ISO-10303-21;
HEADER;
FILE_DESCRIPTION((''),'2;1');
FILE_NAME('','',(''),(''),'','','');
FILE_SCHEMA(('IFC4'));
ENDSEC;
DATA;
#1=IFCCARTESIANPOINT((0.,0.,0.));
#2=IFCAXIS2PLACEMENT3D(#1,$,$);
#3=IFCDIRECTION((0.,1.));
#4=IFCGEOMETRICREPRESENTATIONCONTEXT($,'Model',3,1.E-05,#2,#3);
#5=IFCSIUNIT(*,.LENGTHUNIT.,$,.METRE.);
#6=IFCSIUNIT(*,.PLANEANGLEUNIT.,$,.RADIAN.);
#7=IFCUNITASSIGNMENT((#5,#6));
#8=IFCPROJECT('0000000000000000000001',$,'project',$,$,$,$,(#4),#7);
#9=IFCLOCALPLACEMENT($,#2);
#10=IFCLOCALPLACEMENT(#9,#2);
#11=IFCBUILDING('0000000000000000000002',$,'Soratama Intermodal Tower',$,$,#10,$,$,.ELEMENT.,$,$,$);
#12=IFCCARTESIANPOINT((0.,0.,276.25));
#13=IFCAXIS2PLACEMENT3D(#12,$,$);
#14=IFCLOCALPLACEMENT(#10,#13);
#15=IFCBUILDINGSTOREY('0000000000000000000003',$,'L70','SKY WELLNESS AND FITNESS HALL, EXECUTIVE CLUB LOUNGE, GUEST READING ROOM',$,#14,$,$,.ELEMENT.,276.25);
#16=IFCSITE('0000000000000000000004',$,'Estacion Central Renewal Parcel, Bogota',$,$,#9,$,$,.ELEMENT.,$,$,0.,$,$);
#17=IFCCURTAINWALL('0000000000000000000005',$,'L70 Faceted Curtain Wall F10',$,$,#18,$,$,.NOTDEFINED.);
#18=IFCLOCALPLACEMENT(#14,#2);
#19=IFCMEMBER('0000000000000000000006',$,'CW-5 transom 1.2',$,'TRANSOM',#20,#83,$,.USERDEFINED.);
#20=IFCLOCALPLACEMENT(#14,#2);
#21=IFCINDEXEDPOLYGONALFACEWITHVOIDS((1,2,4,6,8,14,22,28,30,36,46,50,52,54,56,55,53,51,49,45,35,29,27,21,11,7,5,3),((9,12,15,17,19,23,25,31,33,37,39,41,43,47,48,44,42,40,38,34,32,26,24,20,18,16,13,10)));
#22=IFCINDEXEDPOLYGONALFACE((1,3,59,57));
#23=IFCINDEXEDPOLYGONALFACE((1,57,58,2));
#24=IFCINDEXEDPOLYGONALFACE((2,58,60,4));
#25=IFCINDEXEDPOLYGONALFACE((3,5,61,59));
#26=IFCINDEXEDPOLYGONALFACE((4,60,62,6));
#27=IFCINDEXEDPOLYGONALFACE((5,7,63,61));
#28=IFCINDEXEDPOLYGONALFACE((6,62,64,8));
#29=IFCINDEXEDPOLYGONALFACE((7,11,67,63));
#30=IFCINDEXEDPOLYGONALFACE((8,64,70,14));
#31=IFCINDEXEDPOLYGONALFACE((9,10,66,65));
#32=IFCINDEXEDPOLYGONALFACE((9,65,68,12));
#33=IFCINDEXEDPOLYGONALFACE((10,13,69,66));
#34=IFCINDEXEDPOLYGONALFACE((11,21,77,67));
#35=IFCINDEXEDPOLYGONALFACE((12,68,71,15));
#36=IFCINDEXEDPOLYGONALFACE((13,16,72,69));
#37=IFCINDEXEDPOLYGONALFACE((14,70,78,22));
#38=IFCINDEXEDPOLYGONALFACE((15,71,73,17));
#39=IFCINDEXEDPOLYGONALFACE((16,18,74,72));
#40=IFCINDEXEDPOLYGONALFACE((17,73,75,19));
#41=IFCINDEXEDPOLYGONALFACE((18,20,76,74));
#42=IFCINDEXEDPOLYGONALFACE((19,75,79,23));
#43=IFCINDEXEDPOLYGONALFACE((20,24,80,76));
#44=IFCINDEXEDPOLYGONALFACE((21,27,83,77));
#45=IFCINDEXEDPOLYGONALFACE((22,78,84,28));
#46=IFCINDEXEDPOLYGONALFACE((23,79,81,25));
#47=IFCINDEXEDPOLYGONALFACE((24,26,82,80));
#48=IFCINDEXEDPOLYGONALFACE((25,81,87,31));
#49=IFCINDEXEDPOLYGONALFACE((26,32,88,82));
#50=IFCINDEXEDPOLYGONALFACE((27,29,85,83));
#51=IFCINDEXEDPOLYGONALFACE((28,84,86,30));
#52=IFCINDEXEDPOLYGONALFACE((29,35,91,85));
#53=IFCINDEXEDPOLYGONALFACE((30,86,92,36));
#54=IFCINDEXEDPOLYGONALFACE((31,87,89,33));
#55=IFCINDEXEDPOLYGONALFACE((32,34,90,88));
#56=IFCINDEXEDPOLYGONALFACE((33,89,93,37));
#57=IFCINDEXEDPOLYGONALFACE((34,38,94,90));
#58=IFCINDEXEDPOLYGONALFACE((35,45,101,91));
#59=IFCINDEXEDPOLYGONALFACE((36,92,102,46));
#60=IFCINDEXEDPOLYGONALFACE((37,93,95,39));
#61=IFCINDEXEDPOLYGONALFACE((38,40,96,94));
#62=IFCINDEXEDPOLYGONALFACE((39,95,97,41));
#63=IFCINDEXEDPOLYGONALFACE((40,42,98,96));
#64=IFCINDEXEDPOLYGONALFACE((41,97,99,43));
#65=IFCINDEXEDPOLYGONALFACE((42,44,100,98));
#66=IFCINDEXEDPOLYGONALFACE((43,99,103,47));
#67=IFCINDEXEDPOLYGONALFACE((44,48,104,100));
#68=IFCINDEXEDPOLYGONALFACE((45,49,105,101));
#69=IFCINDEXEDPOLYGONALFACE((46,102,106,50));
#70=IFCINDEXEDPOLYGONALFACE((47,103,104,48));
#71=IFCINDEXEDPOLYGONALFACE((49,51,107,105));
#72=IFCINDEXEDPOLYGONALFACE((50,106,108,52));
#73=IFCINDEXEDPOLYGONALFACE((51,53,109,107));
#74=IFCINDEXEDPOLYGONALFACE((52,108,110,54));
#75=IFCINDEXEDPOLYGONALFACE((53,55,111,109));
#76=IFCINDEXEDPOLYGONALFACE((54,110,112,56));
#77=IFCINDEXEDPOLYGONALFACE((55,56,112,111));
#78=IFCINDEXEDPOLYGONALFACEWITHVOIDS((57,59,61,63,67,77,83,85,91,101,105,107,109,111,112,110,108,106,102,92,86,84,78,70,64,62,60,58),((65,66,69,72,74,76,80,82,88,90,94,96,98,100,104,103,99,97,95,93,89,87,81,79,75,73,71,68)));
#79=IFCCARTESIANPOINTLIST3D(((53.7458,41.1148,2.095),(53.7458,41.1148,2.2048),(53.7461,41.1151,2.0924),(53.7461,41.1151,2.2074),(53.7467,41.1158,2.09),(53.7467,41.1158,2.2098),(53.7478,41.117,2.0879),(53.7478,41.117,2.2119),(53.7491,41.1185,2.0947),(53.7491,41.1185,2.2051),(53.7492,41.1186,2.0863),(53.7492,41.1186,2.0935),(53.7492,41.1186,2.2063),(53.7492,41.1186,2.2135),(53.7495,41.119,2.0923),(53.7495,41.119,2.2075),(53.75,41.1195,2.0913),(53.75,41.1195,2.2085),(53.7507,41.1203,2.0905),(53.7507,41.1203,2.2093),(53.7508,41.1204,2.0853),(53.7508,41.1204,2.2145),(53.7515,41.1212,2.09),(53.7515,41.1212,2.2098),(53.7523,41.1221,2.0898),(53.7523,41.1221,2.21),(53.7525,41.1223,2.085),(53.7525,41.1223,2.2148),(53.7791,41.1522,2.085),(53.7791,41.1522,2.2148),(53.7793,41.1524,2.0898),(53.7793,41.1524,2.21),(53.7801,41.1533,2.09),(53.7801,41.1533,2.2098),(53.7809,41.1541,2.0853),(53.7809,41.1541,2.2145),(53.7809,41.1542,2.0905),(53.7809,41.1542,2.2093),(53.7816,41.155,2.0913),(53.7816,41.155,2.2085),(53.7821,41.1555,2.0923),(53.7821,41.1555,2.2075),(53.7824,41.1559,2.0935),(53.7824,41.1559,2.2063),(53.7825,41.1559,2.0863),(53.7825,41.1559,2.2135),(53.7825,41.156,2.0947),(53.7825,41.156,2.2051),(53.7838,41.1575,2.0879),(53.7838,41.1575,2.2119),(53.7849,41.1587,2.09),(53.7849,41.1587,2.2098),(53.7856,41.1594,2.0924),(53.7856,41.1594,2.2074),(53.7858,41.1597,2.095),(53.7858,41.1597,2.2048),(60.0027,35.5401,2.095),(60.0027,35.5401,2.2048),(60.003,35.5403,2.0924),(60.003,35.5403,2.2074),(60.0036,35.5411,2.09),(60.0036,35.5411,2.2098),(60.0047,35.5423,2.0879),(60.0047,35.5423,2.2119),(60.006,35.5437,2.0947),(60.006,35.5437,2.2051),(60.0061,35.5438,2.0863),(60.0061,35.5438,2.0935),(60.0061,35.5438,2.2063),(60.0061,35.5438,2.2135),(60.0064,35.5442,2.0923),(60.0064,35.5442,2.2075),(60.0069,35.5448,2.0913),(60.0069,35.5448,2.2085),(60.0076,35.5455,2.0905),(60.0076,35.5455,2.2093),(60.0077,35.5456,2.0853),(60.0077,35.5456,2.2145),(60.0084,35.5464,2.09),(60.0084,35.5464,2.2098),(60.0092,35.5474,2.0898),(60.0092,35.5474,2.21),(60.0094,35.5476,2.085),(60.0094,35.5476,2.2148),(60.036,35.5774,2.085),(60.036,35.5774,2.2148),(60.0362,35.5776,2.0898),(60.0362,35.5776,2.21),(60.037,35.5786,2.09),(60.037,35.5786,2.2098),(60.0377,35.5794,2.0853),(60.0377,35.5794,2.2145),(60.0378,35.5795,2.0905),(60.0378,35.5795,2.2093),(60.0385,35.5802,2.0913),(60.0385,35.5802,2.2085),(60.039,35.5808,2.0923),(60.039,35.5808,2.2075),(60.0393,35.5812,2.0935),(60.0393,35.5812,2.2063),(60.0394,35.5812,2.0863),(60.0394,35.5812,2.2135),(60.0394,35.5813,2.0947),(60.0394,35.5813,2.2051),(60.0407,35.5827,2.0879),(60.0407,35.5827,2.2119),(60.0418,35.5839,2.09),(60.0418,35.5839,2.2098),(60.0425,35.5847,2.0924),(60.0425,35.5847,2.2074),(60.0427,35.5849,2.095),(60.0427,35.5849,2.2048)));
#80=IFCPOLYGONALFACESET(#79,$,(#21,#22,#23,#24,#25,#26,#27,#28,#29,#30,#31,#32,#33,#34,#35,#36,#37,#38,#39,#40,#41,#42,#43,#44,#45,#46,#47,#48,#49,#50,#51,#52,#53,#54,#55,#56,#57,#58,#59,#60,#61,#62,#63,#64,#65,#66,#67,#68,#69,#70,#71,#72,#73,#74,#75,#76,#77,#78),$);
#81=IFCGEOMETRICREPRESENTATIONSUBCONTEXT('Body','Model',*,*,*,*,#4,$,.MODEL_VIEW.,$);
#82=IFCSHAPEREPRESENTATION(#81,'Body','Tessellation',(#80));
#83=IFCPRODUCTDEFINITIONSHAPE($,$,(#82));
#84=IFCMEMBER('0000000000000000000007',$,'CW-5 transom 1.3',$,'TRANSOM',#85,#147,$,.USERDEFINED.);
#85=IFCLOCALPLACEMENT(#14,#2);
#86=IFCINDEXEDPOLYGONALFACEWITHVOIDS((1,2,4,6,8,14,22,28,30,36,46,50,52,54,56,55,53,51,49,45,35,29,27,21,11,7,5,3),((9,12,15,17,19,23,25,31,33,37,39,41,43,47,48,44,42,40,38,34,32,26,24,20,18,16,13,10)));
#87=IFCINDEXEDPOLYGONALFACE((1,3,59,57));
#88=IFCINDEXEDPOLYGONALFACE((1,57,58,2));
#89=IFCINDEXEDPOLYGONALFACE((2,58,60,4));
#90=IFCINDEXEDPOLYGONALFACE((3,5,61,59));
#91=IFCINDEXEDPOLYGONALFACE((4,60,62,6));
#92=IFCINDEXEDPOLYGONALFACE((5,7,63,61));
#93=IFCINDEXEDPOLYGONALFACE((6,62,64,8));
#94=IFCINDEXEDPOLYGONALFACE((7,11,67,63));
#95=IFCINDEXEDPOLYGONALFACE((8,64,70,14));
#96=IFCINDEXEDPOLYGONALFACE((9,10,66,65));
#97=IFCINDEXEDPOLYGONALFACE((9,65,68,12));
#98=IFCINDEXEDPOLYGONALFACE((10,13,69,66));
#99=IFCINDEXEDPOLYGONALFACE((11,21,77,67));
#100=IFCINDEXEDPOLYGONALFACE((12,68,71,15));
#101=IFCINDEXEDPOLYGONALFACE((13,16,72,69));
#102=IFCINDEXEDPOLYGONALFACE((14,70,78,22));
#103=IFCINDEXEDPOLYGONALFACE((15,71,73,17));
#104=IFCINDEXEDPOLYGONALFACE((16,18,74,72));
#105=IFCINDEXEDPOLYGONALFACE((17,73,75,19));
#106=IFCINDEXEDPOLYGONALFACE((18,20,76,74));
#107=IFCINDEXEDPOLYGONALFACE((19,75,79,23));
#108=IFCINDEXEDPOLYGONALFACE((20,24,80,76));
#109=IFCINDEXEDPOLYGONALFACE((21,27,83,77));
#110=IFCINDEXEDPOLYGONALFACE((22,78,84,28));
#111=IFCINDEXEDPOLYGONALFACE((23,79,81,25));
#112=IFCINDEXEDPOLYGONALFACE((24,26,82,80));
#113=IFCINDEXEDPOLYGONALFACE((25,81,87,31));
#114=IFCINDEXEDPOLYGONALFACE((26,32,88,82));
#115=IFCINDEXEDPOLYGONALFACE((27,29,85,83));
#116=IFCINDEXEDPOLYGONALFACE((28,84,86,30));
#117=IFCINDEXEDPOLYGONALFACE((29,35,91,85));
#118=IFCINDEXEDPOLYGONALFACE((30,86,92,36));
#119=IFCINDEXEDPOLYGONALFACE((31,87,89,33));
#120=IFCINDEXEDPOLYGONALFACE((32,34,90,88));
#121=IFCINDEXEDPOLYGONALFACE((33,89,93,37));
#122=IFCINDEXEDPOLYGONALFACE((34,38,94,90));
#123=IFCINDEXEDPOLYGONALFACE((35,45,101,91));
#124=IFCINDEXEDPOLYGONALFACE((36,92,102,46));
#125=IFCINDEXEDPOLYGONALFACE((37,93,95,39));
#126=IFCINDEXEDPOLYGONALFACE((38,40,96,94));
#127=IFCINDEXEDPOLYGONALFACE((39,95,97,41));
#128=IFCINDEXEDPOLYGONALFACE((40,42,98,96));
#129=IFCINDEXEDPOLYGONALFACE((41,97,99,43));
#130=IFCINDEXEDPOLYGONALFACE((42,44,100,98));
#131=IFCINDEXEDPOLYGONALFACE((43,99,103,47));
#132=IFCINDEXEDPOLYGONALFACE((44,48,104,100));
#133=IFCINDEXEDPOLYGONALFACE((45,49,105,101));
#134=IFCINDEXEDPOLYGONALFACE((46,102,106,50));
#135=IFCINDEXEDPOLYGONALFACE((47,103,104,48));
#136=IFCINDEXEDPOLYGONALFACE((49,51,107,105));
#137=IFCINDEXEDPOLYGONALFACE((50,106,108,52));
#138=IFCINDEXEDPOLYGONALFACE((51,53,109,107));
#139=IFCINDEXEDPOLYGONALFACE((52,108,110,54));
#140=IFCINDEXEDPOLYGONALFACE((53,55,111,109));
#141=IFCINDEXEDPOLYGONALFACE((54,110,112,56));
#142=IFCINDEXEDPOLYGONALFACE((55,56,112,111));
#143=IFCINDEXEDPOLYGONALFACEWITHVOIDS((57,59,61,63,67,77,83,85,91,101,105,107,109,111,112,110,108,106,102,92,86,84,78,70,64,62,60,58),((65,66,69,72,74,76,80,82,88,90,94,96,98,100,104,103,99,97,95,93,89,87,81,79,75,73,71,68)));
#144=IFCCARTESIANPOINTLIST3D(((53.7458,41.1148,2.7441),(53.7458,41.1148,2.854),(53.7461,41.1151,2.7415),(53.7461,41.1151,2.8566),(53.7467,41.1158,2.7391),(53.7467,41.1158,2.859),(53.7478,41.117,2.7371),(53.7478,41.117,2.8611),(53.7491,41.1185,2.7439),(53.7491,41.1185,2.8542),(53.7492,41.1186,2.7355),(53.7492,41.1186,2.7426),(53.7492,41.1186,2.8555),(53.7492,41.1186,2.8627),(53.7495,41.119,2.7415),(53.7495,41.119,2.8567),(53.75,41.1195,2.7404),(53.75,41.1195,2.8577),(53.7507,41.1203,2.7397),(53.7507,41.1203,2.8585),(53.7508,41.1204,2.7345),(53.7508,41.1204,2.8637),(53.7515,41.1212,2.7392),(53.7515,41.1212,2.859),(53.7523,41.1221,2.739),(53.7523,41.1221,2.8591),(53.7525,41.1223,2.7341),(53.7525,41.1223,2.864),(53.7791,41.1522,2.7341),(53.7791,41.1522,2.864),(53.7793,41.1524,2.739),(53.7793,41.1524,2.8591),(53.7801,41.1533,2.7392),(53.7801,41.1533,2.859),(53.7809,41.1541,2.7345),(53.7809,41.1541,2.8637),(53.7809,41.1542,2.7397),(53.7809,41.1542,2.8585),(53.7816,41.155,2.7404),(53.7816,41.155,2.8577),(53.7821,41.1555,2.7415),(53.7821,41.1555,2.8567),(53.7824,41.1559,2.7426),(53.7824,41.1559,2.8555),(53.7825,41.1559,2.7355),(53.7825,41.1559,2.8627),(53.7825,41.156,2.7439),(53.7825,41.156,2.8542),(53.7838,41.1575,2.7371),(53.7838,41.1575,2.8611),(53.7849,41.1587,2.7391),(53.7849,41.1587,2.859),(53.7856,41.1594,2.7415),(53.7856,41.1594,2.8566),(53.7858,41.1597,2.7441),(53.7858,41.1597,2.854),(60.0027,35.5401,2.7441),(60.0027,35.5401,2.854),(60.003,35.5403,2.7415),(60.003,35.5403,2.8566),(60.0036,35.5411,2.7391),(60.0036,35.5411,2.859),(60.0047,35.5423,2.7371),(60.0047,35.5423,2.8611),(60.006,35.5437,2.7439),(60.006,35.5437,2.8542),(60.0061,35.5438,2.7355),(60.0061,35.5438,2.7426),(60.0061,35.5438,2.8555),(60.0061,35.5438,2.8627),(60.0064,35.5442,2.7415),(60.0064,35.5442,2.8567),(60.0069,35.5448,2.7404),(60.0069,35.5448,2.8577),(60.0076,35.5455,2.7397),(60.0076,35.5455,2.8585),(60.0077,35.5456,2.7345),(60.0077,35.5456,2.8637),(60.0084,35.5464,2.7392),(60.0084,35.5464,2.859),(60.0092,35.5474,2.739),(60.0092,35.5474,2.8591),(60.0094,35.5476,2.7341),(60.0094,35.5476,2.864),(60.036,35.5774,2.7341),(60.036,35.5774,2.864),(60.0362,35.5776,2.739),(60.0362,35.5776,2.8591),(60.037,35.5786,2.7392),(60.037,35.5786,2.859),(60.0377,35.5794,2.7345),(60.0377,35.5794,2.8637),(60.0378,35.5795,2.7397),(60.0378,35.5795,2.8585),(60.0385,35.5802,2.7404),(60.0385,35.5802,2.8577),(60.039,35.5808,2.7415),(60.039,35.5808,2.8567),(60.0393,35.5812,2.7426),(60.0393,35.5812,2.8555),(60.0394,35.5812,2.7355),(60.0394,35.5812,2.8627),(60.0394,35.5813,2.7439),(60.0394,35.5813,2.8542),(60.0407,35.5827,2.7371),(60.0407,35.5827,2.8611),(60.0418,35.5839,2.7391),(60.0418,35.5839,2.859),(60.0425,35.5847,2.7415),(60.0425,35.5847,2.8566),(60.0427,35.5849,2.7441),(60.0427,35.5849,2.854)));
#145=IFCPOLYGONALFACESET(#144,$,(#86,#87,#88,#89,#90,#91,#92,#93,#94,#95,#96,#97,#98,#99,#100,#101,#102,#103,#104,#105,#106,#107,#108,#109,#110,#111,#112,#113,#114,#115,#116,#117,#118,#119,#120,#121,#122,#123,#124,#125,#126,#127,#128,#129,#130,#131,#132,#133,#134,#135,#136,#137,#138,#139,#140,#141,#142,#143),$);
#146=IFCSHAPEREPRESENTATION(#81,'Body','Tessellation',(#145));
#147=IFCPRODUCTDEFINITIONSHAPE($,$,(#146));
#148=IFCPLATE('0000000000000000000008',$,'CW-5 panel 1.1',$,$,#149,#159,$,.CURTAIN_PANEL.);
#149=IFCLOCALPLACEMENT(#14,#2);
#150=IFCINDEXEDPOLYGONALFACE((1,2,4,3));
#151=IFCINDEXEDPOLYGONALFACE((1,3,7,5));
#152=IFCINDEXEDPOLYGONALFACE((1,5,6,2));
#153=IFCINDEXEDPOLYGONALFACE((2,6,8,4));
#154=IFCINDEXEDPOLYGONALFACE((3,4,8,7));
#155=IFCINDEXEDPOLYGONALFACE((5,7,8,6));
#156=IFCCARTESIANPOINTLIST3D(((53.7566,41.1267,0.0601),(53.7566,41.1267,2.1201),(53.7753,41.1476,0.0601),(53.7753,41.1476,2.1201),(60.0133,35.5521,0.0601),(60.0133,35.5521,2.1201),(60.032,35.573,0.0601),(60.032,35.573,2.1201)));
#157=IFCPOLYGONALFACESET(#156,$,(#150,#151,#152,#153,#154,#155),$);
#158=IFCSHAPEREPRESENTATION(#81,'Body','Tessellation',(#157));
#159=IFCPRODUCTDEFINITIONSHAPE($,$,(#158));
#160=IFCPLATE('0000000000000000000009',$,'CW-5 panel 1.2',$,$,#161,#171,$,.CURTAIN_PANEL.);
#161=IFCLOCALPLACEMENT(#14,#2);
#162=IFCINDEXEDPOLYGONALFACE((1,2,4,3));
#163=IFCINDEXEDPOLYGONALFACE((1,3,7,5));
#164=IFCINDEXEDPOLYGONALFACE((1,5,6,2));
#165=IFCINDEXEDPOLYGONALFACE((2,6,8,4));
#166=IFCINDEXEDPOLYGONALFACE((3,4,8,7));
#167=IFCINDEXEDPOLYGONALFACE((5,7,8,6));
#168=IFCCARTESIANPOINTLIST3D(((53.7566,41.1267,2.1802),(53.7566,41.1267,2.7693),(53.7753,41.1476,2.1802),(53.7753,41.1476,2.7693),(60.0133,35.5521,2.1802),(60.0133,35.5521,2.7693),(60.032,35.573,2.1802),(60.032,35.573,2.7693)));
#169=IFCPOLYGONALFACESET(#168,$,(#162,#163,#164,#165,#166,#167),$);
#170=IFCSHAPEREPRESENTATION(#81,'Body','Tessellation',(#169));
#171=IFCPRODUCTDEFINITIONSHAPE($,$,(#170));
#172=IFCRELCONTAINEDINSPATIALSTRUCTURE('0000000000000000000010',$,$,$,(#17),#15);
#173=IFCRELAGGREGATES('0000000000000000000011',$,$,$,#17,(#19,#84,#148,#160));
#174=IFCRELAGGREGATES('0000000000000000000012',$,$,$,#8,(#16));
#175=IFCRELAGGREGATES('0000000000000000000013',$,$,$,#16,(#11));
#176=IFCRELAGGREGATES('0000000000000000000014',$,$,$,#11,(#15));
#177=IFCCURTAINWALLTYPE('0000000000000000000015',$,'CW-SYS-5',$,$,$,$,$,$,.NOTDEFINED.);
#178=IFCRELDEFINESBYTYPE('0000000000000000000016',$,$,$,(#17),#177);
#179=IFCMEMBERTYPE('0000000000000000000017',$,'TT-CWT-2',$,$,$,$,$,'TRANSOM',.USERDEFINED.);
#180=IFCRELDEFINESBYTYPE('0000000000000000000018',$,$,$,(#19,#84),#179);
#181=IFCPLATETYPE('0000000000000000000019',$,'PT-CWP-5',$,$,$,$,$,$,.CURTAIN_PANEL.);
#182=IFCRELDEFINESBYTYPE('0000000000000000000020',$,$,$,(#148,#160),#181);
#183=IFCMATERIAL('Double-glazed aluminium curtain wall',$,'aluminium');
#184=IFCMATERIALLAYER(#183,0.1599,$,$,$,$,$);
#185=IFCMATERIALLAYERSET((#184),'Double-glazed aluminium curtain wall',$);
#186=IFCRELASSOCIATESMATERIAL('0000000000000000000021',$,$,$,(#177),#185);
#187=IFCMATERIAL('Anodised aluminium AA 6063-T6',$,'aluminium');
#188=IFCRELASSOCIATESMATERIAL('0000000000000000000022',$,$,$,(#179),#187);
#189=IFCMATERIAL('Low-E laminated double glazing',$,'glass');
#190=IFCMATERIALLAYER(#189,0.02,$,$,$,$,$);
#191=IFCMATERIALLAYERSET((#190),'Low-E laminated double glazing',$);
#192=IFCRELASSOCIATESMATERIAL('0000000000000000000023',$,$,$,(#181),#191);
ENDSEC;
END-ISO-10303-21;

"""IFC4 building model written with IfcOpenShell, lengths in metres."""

from ifc_helpers import new_model, si_unit, direction, frame, origin, origin_2d, place, context, subcontext, project, spatial, rectangle, hollow_rectangle, extrude, material, layer, layer_set, material_profile, profile_set, type_object, element, aggregate, save


model = new_model("IFC4")

# Units and contexts
model_context = context("Model", 3, precision=1e-05, world=origin(), true_north=direction((0.0, 1.0)))
body_context = subcontext(model_context, "Body", "Model", "MODEL_VIEW")
ifc_project = project(units=[si_unit("LENGTHUNIT", "METRE"), si_unit("PLANEANGLEUNIT", "RADIAN")], contexts=[model_context])

# Site, building, storey
site_placement = place(None, origin())
site = spatial("IfcSite", under=ifc_project, at=site_placement, Name="Estacion Central Renewal Parcel, Bogota", CompositionType="ELEMENT", RefElevation=0.0)
building_placement = place(site_placement, origin())
building = spatial("IfcBuilding", under=site, at=building_placement, Name="Soratama Intermodal Tower", CompositionType="ELEMENT")
storey_placement = place(building_placement, frame((0.0, 0.0, 276.25)))
storey = spatial("IfcBuildingStorey", under=building, at=storey_placement, Name="L70", Description="SKY WELLNESS AND FITNESS HALL, EXECUTIVE CLUB LOUNGE, GUEST READING ROOM", CompositionType="ELEMENT", Elevation=276.25)

# Curtain wall, members, plates
ifc_material_1 = material(Name="Double-glazed aluminium curtain wall", Category="aluminium")
ifc_layer_1 = layer(ifc_material_1, 0.1599)
ifc_layer_set_1 = layer_set([ifc_layer_1], Name="Double-glazed aluminium curtain wall")
curtain_wall_type = type_object("IfcCurtainWallType", Name="CW-SYS-5", PredefinedType="NOTDEFINED", material=ifc_layer_set_1)
curtain_wall_placement = place(storey_placement, origin())
curtain_wall = element("IfcCurtainWall", 1, at=curtain_wall_placement, inside=storey, type_object=curtain_wall_type, Name="L70 Faceted Curtain Wall F10", PredefinedType="NOTDEFINED")
ifc_material_2 = material(Name="Anodised aluminium AA 6063-T6", Category="aluminium")
ifc_material_profile_1 = material_profile(ifc_material_2, hollow_rectangle(XDim=0.0601, YDim=0.1299, WallThickness=0.0049, InnerFilletRadius=0.0049, OuterFilletRadius=0.01, at=origin_2d()), Name="CWT130X60X5")
ifc_profile_set_1 = profile_set([ifc_material_profile_1], Name="Anodised aluminium AA 6063-T6")
member_type_1 = type_object("IfcMemberType", Name="TT-CWT-2", ElementType="TRANSOM", PredefinedType="USERDEFINED", material=ifc_profile_set_1)
member_1_placement = place(storey_placement, frame((60.0227, 35.5625, 2.1499), z_axis=(-0.746634, 0.665235, 0.0), x_axis=(-0.665235, -0.746634, 0.0)))
member_1 = element("IfcMember", 2, at=member_1_placement, type_object=member_type_1, Name="CW-5 transom 1.2", ObjectType="TRANSOM", PredefinedType="USERDEFINED", context=body_context, shape_type="SweptSolid", body=[
    extrude(hollow_rectangle(XDim=0.0601, YDim=0.1299, WallThickness=0.0049, InnerFilletRadius=0.0049, OuterFilletRadius=0.01, at=origin_2d()), origin(), (0.0, 0.0, 1.0), 8.3801),
])
member_2_placement = place(storey_placement, frame((60.0227, 35.5625, 2.7991), z_axis=(-0.746634, 0.665235, 0.0), x_axis=(-0.665235, -0.746634, 0.0)))
member_2 = element("IfcMember", 3, at=member_2_placement, type_object=member_type_1, Name="CW-5 transom 1.3", ObjectType="TRANSOM", PredefinedType="USERDEFINED", context=body_context, shape_type="SweptSolid", body=[
    extrude(hollow_rectangle(XDim=0.0601, YDim=0.1299, WallThickness=0.0049, InnerFilletRadius=0.0049, OuterFilletRadius=0.01, at=origin_2d()), origin(), (0.0, 0.0, 1.0), 8.3801),
])
ifc_material_3 = material(Name="Low-E laminated double glazing", Category="glass")
ifc_layer_2 = layer(ifc_material_3, 0.02)
ifc_layer_set_2 = layer_set([ifc_layer_2], Name="Low-E laminated double glazing")
plate_type = type_object("IfcPlateType", Name="PT-CWP-5", PredefinedType="CURTAIN_PANEL", material=ifc_layer_set_2)
plate_1_placement = place(storey_placement, frame((56.8943, 38.3499, 0.0601), z_axis=(0.0, 0.0, 1.0), x_axis=(-0.746635, 0.665234, 0.0)))
plate_1 = element("IfcPlate", 4, at=plate_1_placement, type_object=plate_type, Name="CW-5 panel 1.1", PredefinedType="CURTAIN_PANEL", context=body_context, shape_type="SweptSolid", body=[
    extrude(rectangle(XDim=8.3799, YDim=0.0281, at=origin_2d()), origin(), (0.0, 0.0, 1.0), 2.0601),
])
plate_2_placement = place(storey_placement, frame((56.8943, 38.3499, 2.1802), z_axis=(0.0, 0.0, 1.0), x_axis=(-0.746635, 0.665234, 0.0)))
plate_2 = element("IfcPlate", 5, at=plate_2_placement, type_object=plate_type, Name="CW-5 panel 1.2", PredefinedType="CURTAIN_PANEL", context=body_context, shape_type="SweptSolid", body=[
    extrude(rectangle(XDim=8.3799, YDim=0.0281, at=origin_2d()), origin(), (0.0, 0.0, 1.0), 0.5891),
])
aggregate(curtain_wall, [member_1, member_2, plate_1, plate_2])

save(model, "model.ifc")
